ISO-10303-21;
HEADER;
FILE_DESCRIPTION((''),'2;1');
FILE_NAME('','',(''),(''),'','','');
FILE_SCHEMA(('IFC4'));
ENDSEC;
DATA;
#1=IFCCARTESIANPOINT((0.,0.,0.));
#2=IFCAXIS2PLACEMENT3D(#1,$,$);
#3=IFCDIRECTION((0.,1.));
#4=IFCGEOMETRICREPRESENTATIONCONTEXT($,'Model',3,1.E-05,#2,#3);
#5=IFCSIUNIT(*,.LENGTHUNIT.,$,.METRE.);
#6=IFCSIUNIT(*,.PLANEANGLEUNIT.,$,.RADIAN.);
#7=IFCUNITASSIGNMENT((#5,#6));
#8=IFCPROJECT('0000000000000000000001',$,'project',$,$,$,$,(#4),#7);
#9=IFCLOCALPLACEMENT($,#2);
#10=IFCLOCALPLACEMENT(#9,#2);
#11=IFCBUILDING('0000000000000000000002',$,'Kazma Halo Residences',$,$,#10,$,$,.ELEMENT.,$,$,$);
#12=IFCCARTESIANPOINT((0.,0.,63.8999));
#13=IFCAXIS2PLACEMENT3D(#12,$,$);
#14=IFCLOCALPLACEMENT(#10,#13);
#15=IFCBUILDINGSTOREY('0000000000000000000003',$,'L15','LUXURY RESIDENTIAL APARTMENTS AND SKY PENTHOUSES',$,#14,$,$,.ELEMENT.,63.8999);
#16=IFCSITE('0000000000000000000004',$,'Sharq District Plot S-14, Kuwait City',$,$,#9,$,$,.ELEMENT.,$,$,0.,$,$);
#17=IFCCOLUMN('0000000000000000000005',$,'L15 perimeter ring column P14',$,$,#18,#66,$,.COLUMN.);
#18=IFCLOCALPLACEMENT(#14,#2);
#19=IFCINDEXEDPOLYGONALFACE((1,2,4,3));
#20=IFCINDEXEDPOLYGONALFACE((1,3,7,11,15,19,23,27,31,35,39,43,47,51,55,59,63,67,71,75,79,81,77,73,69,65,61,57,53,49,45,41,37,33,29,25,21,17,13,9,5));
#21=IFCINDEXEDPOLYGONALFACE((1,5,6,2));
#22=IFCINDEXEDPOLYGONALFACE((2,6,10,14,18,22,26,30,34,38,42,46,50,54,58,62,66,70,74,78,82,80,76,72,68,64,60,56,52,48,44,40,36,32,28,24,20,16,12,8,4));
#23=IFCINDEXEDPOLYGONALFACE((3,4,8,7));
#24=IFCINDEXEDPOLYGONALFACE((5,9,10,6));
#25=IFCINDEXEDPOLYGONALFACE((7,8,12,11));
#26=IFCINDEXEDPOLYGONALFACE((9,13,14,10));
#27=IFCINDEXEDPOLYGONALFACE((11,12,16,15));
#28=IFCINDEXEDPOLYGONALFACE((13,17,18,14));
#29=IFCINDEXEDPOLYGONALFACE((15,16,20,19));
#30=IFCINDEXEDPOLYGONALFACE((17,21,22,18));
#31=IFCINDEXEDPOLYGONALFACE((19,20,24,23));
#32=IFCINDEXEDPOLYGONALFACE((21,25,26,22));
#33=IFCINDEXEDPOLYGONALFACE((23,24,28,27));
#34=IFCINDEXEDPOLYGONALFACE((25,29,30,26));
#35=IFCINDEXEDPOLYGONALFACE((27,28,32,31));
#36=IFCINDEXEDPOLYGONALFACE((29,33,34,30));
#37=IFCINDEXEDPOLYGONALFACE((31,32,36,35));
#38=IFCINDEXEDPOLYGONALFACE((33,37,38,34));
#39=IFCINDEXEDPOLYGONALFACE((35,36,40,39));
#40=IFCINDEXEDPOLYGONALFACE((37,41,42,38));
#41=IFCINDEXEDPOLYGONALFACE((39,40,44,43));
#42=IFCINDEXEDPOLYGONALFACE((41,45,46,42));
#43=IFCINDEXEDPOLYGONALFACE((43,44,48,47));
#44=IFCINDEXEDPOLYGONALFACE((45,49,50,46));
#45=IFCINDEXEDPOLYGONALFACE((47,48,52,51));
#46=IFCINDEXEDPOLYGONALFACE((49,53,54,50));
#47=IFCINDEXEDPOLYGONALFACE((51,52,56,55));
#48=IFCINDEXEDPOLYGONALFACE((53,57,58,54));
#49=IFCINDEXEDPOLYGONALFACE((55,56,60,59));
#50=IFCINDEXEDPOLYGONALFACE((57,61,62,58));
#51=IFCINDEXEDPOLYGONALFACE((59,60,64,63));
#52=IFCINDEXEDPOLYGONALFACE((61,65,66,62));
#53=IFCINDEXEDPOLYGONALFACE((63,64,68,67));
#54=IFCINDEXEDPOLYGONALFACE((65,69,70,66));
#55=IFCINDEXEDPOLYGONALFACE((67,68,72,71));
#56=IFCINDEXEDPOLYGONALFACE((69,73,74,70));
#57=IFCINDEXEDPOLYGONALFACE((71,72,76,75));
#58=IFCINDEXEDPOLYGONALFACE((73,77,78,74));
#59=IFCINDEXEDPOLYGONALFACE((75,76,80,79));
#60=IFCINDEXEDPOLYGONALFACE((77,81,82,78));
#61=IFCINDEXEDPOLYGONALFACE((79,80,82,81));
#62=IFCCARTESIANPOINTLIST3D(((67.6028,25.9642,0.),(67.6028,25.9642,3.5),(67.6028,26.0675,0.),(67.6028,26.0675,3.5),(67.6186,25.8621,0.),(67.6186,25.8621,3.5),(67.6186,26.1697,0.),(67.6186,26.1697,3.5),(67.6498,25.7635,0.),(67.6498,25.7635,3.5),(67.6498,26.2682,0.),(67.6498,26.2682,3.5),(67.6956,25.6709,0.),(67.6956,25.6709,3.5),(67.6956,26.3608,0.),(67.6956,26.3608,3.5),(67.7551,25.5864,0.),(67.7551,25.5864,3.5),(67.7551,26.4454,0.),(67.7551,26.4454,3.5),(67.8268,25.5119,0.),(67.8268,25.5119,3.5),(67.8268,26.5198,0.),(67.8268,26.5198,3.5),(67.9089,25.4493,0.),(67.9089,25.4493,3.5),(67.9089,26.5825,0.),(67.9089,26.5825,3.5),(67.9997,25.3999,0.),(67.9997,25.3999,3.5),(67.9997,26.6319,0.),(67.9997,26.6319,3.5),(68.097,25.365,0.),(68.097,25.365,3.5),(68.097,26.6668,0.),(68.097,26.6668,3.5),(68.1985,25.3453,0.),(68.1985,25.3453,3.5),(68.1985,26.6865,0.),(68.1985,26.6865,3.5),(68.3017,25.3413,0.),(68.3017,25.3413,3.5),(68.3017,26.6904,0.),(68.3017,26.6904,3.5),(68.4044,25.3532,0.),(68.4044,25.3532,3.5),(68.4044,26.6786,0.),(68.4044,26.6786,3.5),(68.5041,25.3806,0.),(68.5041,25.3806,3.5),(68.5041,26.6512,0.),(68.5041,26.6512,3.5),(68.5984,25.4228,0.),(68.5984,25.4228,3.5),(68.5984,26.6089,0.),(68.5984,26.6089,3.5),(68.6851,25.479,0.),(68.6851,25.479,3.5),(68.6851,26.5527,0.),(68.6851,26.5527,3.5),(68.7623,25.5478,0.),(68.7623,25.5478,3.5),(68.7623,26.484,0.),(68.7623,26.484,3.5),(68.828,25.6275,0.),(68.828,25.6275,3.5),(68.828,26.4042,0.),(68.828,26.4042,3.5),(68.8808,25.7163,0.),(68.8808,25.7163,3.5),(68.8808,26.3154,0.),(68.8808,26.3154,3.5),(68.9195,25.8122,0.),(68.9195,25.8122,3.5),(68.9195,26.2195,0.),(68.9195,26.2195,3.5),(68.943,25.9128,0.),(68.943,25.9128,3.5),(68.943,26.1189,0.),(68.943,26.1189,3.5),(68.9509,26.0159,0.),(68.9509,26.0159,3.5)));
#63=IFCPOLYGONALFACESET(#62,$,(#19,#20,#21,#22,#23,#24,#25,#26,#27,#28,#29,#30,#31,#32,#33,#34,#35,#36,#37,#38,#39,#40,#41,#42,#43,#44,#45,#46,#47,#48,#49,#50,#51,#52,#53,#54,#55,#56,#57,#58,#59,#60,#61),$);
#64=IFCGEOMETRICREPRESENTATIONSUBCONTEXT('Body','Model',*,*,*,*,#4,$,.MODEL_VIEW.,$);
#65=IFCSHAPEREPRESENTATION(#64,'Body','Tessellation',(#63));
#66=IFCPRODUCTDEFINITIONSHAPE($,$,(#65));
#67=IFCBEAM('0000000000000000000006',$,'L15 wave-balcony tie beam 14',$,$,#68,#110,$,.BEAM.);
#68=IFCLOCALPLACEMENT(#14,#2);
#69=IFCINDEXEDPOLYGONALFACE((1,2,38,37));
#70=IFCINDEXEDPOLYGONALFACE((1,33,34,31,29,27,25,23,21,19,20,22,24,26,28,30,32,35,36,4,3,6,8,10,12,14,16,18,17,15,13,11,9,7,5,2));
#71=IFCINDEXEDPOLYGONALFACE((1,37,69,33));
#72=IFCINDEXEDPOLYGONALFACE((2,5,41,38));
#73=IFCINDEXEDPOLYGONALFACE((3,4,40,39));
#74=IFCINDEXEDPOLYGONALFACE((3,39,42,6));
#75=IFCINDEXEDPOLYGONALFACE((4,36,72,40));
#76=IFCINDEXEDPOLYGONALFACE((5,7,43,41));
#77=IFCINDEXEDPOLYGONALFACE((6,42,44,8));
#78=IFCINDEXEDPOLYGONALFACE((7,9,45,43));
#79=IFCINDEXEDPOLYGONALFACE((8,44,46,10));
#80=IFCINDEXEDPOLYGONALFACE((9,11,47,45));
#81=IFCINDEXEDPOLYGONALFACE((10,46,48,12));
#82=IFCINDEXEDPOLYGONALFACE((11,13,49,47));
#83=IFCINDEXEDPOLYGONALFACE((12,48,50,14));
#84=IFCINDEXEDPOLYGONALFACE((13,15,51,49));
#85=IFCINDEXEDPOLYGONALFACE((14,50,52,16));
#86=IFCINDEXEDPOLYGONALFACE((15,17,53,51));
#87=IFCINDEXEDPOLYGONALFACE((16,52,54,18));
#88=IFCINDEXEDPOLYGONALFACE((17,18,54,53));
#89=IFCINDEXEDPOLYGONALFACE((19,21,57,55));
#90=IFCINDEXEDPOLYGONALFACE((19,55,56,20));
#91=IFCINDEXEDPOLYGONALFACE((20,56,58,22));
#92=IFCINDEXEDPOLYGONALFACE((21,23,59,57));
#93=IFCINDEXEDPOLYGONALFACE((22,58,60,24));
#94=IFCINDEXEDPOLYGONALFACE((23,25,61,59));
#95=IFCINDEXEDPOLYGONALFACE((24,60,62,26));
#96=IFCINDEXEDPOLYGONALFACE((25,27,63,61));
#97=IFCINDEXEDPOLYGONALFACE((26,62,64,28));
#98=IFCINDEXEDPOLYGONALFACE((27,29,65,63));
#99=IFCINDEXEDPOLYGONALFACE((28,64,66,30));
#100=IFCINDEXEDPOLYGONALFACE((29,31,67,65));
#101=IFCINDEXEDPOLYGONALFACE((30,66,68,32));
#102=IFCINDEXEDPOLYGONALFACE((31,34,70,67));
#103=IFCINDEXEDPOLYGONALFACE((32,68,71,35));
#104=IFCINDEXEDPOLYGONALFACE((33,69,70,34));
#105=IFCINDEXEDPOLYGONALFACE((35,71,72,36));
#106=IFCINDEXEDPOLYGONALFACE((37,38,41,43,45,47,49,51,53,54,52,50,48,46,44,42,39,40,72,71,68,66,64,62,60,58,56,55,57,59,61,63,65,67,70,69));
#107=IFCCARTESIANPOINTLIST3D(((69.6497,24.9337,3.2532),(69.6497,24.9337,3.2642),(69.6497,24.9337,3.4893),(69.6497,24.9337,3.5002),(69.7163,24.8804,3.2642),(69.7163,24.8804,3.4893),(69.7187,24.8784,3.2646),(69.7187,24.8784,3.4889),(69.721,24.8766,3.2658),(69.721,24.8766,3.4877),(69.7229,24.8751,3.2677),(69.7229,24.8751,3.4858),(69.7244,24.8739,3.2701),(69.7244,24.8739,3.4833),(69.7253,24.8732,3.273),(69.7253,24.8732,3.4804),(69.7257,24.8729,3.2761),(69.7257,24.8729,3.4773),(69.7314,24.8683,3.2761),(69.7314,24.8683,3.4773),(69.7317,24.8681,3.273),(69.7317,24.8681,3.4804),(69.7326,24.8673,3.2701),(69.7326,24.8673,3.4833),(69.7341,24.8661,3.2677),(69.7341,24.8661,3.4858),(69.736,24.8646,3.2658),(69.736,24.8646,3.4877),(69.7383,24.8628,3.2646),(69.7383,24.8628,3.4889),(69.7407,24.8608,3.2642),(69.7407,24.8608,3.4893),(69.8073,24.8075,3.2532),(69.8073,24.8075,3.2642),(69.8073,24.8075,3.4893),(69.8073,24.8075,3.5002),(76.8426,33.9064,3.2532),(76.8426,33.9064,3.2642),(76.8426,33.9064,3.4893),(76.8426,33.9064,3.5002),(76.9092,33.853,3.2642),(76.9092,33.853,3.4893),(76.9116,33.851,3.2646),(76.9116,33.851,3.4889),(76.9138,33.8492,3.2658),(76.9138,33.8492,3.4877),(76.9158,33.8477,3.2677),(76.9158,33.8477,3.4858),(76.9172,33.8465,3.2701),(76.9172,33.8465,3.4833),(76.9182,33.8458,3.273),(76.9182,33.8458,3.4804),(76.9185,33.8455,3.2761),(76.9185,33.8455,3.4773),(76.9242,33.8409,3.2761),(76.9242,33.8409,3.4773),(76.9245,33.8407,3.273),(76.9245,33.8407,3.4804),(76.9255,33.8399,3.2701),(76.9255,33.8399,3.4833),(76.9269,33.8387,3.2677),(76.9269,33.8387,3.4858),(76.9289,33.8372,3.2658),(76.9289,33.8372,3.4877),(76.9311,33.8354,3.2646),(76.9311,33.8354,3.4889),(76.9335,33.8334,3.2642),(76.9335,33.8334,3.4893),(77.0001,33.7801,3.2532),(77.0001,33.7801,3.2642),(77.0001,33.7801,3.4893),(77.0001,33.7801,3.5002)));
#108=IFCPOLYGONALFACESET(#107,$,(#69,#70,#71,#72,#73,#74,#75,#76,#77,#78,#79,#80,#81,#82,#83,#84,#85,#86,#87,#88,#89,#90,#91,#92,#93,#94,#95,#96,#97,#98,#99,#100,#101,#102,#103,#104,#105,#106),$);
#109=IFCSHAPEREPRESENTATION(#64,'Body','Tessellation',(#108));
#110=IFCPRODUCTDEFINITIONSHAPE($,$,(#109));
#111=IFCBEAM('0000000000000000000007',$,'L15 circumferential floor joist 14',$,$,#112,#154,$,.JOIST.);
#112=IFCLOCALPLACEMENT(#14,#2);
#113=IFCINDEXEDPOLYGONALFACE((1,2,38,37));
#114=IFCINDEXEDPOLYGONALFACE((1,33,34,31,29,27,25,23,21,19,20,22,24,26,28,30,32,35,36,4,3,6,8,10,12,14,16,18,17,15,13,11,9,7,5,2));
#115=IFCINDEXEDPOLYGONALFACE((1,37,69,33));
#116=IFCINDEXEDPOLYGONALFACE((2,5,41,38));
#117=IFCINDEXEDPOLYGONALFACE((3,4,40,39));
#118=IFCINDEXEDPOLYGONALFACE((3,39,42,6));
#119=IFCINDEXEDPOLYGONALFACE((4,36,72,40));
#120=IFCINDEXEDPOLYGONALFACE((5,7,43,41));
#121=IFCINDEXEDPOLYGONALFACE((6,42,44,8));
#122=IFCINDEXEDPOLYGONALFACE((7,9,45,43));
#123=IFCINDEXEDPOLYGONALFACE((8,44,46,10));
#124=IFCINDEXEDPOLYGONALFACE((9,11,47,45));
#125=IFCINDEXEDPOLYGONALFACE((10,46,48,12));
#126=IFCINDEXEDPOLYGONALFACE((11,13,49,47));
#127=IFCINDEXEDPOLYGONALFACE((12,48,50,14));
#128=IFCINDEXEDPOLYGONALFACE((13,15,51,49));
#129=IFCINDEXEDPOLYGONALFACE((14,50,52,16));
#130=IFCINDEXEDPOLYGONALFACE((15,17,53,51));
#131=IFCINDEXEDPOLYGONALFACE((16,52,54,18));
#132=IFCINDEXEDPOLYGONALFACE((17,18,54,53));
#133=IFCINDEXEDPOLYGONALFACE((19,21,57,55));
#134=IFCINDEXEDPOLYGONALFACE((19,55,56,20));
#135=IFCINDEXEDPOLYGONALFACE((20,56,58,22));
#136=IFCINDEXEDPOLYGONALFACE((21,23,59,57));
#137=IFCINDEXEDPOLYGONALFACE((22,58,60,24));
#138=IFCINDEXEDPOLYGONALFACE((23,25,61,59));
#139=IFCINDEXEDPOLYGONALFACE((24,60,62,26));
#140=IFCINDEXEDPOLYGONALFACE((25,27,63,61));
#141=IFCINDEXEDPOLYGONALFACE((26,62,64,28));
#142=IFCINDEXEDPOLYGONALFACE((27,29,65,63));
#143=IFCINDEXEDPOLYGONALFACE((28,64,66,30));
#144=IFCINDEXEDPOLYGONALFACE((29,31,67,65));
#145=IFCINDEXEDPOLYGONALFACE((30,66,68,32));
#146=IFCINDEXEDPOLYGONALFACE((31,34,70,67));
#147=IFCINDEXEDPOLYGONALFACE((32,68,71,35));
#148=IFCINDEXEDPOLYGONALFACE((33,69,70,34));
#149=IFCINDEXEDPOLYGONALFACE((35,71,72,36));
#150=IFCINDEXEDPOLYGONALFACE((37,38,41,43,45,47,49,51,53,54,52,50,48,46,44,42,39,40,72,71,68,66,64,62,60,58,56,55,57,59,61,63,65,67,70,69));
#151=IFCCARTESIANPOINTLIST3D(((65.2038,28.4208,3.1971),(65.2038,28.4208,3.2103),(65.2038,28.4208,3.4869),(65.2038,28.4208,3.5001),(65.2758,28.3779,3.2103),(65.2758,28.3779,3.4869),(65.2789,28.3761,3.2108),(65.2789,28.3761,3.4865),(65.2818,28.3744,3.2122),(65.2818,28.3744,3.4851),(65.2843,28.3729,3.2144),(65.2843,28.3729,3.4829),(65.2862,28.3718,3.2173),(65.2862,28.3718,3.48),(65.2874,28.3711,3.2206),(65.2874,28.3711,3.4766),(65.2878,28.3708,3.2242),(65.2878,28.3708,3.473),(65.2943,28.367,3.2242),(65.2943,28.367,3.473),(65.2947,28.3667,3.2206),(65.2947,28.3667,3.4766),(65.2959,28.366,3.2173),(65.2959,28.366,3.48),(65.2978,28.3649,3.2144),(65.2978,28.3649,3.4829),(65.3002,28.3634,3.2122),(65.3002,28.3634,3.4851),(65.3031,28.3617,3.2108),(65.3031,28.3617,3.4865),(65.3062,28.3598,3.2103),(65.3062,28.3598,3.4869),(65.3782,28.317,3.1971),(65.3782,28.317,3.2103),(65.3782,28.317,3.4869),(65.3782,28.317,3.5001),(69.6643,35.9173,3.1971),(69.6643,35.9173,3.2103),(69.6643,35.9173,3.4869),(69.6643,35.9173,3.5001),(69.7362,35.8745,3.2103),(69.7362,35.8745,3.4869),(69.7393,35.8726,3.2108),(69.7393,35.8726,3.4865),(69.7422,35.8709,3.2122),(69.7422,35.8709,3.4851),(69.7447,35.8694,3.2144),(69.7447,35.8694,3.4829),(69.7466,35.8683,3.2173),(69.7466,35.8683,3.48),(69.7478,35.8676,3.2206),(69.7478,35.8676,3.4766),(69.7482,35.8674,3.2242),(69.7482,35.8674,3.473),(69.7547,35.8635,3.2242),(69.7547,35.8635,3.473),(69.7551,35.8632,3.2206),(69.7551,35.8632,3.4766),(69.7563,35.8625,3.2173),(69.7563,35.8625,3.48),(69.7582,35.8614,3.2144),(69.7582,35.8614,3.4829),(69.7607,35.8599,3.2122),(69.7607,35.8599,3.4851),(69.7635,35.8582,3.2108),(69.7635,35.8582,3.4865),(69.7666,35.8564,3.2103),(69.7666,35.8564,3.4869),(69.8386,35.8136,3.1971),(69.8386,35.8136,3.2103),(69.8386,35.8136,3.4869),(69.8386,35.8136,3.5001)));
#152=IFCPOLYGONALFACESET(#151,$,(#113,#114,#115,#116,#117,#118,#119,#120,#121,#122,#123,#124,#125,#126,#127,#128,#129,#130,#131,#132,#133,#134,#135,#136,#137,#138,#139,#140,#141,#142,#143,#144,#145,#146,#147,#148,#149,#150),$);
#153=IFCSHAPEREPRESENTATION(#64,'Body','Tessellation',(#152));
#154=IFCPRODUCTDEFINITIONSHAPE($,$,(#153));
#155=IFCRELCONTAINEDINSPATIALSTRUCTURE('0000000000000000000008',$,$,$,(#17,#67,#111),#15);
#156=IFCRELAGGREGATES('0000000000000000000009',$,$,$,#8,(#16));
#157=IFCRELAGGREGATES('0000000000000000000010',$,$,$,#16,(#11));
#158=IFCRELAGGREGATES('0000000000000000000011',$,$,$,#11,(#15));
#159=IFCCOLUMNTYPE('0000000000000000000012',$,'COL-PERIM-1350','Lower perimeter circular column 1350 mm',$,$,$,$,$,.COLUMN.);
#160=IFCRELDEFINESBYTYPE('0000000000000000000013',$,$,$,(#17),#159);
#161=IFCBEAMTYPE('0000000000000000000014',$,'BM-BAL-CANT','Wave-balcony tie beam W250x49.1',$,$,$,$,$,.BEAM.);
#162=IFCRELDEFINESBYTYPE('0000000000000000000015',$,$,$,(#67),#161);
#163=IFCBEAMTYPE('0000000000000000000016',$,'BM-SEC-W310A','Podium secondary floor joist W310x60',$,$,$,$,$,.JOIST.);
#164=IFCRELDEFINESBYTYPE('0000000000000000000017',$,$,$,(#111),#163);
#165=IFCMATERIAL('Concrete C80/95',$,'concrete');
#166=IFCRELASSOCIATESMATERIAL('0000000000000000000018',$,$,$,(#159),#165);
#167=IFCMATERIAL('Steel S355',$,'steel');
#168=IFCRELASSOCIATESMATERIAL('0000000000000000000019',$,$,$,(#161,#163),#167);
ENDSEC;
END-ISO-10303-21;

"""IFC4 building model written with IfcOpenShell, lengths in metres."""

from ifc_helpers import new_model, si_unit, direction, frame, origin, origin_2d, place, context, subcontext, project, spatial, circle, i_section, extrude, material, material_profile, profile_set, type_object, element, save


model = new_model("IFC4")

# Units and contexts
model_context = context("Model", 3, precision=1e-05, world=origin(), true_north=direction((0.0, 1.0)))
body_context = subcontext(model_context, "Body", "Model", "MODEL_VIEW")
ifc_project = project(units=[si_unit("LENGTHUNIT", "METRE"), si_unit("PLANEANGLEUNIT", "RADIAN")], contexts=[model_context])

# Site, building, storey
site_placement = place(None, origin())
site = spatial("IfcSite", under=ifc_project, at=site_placement, Name="Sharq District Plot S-14, Kuwait City", CompositionType="ELEMENT", RefElevation=0.0)
building_placement = place(site_placement, origin())
building = spatial("IfcBuilding", under=site, at=building_placement, Name="Kazma Halo Residences", CompositionType="ELEMENT")
storey_placement = place(building_placement, frame((0.0, 0.0, 63.8999)))
storey = spatial("IfcBuildingStorey", under=building, at=storey_placement, Name="L15", Description="LUXURY RESIDENTIAL APARTMENTS AND SKY PENTHOUSES", CompositionType="ELEMENT", Elevation=63.8999)

# Column
ifc_material_1 = material(Name="Concrete C80/95", Category="concrete")
ifc_material_profile_1 = material_profile(ifc_material_1, circle(Radius=0.675, at=origin_2d()), Name="CIRC1350")
ifc_profile_set_1 = profile_set([ifc_material_profile_1], Name="Concrete C80/95")
column_type = type_object("IfcColumnType", Name="COL-PERIM-1350", Description="Lower perimeter circular column 1350 mm", PredefinedType="COLUMN", material=ifc_profile_set_1)
column_placement = place(storey_placement, frame((68.2759, 26.0159, 0.0), z_axis=(0.0, 0.0, 1.0), x_axis=(1.0, 0.0, 0.0)))
element("IfcColumn", 1, at=column_placement, inside=storey, type_object=column_type, Name="L15 perimeter ring column P14", PredefinedType="COLUMN", context=body_context, shape_type="SweptSolid", body=[
    extrude(circle(Radius=0.675, at=origin_2d()), origin(), (0.0, 0.0, 1.0), 3.5),
])

# Beams
ifc_material_2 = material(Name="Steel S355", Category="steel")
ifc_material_profile_2 = material_profile(ifc_material_2, i_section(OverallWidth=0.2019, OverallDepth=0.2471, WebThickness=0.0073, FlangeThickness=0.011, FilletRadius=0.012, at=origin_2d()), Name="W250x49.1")
ifc_profile_set_2 = profile_set([ifc_material_profile_2], Name="Steel S355")
beam_type_1 = type_object("IfcBeamType", Name="BM-BAL-CANT", Description="Wave-balcony tie beam W250x49.1", PredefinedType="BEAM", material=ifc_profile_set_2)
beam_1_placement = place(storey_placement, frame((69.7285, 24.8706, 3.3767), z_axis=(0.625477, 0.780243, 0.0), x_axis=(-0.780243, 0.625477, 0.0)))
element("IfcBeam", 2, at=beam_1_placement, inside=storey, type_object=beam_type_1, Name="L15 wave-balcony tie beam 14", PredefinedType="BEAM", context=body_context, shape_type="SweptSolid", body=[
    extrude(i_section(OverallWidth=0.2019, OverallDepth=0.2471, WebThickness=0.0073, FlangeThickness=0.011, FilletRadius=0.012, at=origin_2d()), origin(), (0.0, 0.0, 1.0), 11.4998),
])
ifc_material_profile_3 = material_profile(ifc_material_2, i_section(OverallWidth=0.2029, OverallDepth=0.303, WebThickness=0.0076, FlangeThickness=0.0132, FilletRadius=0.0139, at=origin_2d()), Name="W310x60")
ifc_profile_set_3 = profile_set([ifc_material_profile_3], Name="Steel S355")
beam_type_2 = type_object("IfcBeamType", Name="BM-SEC-W310A", Description="Podium secondary floor joist W310x60", PredefinedType="JOIST", material=ifc_profile_set_3)
beam_2_placement = place(storey_placement, frame((65.291, 28.3689, 3.3486), z_axis=(0.511331, 0.859384, 0.0), x_axis=(-0.859384, 0.511331, 0.0)))
element("IfcBeam", 3, at=beam_2_placement, inside=storey, type_object=beam_type_2, Name="L15 circumferential floor joist 14", PredefinedType="JOIST", context=body_context, shape_type="SweptSolid", body=[
    extrude(i_section(OverallWidth=0.2029, OverallDepth=0.303, WebThickness=0.0076, FlangeThickness=0.0132, FilletRadius=0.0139, at=origin_2d()), origin(), (0.0, 0.0, 1.0), 8.7231),
])

save(model, "model.ifc")
